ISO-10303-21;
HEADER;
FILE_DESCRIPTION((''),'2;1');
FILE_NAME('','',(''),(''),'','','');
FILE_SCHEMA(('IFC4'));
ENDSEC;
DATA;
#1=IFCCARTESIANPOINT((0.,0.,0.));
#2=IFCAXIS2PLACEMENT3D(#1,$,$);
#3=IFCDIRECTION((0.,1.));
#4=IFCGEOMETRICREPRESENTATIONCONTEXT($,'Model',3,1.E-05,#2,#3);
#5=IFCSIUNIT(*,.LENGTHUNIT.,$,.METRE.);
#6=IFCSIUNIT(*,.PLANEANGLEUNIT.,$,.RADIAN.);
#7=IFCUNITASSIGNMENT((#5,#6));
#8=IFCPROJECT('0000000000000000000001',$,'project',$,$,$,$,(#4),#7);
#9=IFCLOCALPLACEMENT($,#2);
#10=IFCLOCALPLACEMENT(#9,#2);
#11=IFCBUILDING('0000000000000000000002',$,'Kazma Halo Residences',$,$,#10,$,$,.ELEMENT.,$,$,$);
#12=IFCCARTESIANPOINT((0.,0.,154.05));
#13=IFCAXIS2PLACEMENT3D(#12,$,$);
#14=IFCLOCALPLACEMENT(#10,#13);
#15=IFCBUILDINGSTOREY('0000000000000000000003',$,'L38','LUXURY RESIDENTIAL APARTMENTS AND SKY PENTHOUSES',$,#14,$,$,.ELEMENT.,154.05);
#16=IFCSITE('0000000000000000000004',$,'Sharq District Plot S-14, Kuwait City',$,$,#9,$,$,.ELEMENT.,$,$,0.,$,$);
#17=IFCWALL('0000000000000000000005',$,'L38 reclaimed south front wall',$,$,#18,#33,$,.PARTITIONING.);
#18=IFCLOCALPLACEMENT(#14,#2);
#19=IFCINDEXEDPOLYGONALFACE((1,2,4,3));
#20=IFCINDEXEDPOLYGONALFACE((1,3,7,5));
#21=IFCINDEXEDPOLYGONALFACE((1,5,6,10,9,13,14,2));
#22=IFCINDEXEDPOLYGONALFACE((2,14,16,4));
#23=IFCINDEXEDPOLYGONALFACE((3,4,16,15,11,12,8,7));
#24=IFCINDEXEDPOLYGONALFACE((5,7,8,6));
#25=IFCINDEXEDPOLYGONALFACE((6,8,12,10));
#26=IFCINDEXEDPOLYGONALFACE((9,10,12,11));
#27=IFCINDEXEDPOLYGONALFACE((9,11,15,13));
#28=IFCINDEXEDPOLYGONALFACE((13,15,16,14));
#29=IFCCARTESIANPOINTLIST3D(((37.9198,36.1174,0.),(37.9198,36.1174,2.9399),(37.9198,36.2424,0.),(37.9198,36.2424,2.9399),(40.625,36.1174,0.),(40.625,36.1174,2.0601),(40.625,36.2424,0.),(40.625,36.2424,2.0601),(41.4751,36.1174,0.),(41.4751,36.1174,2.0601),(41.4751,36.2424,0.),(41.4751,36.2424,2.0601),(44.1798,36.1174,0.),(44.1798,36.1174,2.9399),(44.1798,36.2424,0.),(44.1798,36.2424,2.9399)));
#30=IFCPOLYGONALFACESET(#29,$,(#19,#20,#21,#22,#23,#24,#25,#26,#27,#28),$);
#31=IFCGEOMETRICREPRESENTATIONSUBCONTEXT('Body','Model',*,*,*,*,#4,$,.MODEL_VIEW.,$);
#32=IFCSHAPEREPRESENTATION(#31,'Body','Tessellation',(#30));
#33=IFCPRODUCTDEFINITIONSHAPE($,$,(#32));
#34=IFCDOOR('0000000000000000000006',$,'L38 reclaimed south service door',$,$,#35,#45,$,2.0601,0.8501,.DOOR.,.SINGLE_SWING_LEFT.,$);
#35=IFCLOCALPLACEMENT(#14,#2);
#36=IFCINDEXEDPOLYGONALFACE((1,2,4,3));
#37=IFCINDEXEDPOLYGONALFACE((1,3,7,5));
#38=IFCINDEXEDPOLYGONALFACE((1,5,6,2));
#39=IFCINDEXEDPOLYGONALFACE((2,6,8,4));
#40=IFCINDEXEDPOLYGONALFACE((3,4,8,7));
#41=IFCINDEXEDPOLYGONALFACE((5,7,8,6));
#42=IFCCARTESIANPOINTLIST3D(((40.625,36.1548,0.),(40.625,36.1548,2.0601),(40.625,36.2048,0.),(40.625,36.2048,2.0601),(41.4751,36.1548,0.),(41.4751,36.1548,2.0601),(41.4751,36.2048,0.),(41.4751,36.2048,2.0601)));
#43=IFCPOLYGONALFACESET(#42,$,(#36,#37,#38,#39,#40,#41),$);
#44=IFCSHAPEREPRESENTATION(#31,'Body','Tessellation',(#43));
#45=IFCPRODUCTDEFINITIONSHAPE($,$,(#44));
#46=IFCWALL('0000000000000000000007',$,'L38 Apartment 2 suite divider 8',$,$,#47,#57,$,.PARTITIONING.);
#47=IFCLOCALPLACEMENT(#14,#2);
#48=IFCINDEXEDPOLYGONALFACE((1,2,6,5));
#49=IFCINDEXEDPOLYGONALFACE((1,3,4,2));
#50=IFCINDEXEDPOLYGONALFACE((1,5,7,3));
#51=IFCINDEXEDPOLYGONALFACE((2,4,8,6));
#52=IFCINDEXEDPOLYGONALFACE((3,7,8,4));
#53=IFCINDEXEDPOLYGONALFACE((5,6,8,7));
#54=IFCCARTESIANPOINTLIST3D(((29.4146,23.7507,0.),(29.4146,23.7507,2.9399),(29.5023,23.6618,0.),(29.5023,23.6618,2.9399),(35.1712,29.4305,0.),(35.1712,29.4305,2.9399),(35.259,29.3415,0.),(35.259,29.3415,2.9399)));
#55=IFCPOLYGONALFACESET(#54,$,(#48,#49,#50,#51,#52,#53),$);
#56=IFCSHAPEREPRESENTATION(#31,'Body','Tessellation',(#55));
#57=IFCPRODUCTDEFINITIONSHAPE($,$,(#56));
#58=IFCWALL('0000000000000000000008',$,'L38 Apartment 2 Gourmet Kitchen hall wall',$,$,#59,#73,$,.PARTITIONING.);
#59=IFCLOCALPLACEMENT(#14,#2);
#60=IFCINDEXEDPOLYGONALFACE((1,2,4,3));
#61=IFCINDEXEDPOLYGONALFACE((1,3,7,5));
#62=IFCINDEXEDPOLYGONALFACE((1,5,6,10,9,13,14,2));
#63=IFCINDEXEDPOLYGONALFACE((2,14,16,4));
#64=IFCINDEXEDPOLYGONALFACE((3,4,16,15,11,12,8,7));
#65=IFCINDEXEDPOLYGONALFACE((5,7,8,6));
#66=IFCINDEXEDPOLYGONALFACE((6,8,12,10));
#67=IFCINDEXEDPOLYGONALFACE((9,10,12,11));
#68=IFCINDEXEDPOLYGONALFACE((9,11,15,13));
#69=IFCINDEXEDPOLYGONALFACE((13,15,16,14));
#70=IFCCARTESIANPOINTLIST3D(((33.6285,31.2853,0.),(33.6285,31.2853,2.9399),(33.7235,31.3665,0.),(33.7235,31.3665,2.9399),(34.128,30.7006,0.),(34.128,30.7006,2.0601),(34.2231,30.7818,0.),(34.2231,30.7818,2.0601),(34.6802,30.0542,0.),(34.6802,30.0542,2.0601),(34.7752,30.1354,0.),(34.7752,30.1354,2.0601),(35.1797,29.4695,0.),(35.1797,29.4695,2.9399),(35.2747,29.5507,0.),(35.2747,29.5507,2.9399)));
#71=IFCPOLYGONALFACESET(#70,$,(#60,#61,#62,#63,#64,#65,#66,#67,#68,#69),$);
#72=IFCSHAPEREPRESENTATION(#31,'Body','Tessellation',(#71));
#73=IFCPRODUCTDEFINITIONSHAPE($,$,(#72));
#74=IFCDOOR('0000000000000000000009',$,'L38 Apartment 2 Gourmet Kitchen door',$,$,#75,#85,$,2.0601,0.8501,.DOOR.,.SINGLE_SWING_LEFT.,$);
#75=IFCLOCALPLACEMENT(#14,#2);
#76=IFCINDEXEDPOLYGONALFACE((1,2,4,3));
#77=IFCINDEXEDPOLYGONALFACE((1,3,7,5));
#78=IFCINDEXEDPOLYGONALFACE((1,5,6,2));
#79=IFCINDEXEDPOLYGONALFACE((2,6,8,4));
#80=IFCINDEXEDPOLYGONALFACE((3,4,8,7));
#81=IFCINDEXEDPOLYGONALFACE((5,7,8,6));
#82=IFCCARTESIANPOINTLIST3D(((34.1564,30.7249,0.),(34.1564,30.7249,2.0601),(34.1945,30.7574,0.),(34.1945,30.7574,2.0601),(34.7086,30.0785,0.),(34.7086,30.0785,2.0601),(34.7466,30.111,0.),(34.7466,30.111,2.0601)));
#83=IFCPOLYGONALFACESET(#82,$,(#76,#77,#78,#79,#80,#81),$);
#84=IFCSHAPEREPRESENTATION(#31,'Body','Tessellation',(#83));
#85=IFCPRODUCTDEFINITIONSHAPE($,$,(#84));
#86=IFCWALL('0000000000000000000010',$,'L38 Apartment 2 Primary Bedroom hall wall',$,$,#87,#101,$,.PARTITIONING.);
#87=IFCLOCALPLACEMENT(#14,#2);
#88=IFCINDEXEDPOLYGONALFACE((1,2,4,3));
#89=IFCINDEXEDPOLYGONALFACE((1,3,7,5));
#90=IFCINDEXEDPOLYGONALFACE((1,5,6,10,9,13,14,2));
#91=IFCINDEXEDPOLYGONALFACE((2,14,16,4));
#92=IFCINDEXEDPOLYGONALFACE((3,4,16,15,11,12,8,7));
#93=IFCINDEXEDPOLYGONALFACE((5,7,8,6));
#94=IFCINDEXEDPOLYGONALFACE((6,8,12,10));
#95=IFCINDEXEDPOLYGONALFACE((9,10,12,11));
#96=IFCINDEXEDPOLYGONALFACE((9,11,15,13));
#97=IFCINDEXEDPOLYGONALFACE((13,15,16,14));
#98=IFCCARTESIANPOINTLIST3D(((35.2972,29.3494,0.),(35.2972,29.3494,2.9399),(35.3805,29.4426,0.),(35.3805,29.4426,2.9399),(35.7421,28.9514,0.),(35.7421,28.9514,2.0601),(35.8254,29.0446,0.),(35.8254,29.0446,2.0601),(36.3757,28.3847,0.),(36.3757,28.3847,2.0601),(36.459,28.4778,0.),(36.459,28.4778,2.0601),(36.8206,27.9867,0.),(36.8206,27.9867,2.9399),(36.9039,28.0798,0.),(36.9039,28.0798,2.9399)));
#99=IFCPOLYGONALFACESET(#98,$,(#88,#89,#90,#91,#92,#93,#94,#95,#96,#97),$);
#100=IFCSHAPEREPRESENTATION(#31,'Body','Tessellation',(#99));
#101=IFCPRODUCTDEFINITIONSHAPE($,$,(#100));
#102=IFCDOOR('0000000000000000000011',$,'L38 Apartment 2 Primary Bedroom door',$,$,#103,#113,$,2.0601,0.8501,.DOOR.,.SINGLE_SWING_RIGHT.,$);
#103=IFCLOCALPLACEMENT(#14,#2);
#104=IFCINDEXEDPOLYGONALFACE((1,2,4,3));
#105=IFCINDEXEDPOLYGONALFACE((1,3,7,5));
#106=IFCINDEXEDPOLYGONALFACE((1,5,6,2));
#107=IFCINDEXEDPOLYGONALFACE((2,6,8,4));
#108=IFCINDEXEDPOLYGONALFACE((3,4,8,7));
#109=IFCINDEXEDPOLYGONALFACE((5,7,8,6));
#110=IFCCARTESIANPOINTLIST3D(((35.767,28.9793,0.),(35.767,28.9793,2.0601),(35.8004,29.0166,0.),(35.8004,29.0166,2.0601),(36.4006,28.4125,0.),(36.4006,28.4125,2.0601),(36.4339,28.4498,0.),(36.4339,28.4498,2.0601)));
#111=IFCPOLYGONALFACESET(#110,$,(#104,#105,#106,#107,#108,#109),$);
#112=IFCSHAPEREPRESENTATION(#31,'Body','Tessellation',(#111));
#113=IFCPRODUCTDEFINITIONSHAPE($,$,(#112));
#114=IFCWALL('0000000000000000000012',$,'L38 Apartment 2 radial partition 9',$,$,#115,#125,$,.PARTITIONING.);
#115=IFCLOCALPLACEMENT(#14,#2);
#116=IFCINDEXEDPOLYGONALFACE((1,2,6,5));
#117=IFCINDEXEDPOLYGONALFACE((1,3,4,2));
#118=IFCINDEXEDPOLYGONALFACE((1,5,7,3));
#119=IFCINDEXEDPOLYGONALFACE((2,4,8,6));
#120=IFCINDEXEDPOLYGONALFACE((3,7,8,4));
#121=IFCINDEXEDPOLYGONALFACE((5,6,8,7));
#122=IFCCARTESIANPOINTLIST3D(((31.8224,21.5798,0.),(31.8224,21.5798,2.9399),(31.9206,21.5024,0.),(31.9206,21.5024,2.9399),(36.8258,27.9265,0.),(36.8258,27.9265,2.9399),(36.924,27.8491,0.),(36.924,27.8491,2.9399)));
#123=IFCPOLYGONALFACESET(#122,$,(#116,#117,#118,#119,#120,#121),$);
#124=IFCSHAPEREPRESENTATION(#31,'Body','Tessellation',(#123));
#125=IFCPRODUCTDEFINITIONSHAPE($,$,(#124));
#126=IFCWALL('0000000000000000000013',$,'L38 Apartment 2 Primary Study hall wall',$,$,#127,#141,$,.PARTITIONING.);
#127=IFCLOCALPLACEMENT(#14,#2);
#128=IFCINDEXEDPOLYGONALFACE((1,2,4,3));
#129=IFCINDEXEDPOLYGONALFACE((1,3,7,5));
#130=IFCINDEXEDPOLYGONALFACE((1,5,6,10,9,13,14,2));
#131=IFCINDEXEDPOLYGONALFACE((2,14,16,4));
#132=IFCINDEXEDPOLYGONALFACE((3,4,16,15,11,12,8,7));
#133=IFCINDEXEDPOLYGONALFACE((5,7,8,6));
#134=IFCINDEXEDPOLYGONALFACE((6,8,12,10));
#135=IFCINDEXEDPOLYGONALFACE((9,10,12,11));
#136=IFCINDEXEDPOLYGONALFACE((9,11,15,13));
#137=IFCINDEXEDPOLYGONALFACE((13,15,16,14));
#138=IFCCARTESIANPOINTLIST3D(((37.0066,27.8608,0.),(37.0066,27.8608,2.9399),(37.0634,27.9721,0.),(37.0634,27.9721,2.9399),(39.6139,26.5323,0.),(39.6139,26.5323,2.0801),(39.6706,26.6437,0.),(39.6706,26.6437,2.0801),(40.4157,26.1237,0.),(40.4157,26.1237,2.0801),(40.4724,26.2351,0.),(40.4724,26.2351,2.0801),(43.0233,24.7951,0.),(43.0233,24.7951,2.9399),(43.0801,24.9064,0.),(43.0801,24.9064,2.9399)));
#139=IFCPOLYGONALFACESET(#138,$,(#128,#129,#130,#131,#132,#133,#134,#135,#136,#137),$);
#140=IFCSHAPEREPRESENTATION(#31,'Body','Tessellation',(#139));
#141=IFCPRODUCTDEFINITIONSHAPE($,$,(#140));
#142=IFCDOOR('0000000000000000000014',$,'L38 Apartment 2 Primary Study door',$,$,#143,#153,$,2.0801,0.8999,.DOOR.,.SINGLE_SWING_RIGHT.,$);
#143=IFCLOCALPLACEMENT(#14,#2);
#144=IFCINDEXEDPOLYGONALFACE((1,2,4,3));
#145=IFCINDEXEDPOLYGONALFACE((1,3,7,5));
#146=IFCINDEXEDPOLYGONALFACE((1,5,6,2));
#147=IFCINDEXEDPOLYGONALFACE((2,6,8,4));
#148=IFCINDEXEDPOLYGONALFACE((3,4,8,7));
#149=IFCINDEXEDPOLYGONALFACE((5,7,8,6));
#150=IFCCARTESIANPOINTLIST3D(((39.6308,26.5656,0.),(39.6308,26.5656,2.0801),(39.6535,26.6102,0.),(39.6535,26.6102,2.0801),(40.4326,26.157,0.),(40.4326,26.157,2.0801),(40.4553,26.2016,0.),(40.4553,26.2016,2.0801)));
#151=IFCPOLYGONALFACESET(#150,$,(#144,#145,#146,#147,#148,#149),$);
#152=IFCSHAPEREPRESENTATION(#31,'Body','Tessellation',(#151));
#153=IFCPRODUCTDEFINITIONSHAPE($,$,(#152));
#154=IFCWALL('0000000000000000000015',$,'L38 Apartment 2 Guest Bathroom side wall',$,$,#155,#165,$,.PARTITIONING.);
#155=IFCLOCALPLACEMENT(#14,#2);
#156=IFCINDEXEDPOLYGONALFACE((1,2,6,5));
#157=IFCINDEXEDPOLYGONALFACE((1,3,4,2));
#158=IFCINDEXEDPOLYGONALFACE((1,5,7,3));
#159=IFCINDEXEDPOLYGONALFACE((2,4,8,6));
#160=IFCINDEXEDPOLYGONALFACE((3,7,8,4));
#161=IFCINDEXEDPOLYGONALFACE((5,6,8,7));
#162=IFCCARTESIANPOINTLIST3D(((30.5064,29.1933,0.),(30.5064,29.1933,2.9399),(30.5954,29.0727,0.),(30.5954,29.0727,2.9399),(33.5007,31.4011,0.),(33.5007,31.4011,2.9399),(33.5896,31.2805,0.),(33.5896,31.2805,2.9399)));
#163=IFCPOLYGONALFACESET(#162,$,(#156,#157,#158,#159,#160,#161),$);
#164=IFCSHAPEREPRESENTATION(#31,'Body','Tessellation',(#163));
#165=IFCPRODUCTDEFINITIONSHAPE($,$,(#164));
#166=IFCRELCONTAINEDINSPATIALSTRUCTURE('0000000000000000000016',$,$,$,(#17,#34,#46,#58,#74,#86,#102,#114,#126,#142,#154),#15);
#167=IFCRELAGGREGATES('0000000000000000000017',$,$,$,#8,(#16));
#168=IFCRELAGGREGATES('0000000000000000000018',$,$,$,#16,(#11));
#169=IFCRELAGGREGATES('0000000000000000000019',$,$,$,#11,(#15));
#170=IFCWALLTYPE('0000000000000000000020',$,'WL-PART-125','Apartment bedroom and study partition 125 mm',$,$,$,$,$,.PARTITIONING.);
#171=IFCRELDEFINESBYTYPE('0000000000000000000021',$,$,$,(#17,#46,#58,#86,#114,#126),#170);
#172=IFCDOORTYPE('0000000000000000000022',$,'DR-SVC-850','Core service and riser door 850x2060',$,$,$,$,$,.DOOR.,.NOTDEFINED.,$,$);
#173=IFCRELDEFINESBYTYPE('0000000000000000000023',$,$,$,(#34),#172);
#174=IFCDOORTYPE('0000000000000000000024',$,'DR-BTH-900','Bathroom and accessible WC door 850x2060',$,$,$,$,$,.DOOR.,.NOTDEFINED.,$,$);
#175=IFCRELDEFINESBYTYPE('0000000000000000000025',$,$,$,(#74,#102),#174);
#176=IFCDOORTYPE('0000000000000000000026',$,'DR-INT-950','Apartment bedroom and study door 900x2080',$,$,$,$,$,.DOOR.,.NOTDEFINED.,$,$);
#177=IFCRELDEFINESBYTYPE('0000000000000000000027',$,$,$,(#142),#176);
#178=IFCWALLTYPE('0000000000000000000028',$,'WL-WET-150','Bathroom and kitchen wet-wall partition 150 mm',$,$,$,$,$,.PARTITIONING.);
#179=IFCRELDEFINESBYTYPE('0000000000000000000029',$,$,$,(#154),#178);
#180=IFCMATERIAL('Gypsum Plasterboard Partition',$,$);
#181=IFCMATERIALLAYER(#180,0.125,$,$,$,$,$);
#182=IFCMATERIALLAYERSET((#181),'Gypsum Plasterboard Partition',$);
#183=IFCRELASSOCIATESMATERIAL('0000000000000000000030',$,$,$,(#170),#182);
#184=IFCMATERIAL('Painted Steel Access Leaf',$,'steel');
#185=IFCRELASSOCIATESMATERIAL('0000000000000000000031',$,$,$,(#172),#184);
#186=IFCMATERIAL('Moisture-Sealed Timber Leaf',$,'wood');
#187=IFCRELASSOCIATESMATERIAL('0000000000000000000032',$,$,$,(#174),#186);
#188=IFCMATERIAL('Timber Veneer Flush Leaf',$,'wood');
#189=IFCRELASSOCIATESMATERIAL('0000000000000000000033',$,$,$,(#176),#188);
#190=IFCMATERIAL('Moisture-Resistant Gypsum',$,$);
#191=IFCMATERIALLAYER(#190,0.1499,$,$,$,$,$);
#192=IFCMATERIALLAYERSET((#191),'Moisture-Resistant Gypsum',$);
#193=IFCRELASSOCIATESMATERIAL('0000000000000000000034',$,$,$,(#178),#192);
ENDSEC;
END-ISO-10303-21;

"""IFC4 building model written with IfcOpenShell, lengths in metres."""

from ifc_helpers import new_model, si_unit, direction, frame, frame_2d, origin, place, context, subcontext, project, spatial, rectangle, extrude, material, layer, layer_set, type_object, element, fill, save


model = new_model("IFC4")

# Units and contexts
model_context = context("Model", 3, precision=1e-05, world=origin(), true_north=direction((0.0, 1.0)))
body_context = subcontext(model_context, "Body", "Model", "MODEL_VIEW")
ifc_project = project(units=[si_unit("LENGTHUNIT", "METRE"), si_unit("PLANEANGLEUNIT", "RADIAN")], contexts=[model_context])

# Site, building, storey
site_placement = place(None, origin())
site = spatial("IfcSite", under=ifc_project, at=site_placement, Name="Sharq District Plot S-14, Kuwait City", CompositionType="ELEMENT", RefElevation=0.0)
building_placement = place(site_placement, origin())
building = spatial("IfcBuilding", under=site, at=building_placement, Name="Kazma Halo Residences", CompositionType="ELEMENT")
storey_placement = place(building_placement, frame((0.0, 0.0, 154.05)))
storey = spatial("IfcBuildingStorey", under=building, at=storey_placement, Name="L38", Description="LUXURY RESIDENTIAL APARTMENTS AND SKY PENTHOUSES", CompositionType="ELEMENT", Elevation=154.05)

# Shared definitions
ifc_material_1 = material(Name="Gypsum Plasterboard Partition")
ifc_layer_1 = layer(ifc_material_1, 0.125)
ifc_layer_set_1 = layer_set([ifc_layer_1], Name="Gypsum Plasterboard Partition")
wall_type_1 = type_object("IfcWallType", Name="WL-PART-125", Description="Apartment bedroom and study partition 125 mm", PredefinedType="PARTITIONING", material=ifc_layer_set_1)

# Wall, opening, door
wall_1_placement = place(storey_placement, frame((37.9199, 36.1799, 0.0), z_axis=(0.0, 0.0, 1.0), x_axis=(1.0, 0.0, 0.0)))
wall_1 = element("IfcWall", 1, at=wall_1_placement, inside=storey, type_object=wall_type_1, Name="L38 reclaimed south front wall", PredefinedType="PARTITIONING", context=body_context, shape_type="SweptSolid", body=[
    extrude(rectangle(XDim=6.26, YDim=0.125, at=frame_2d((3.1299, 0.0))), origin(), (0.0, 0.0, 1.0), 2.9399),
])
opening_1_placement = place(wall_1_placement, frame((2.7051, 0.0, 0.0)))
opening_1 = element("IfcOpeningElement", 2, at=opening_1_placement, cuts=wall_1, PredefinedType="OPENING", context=body_context, shape_type="SweptSolid", body=[
    extrude(rectangle(XDim=0.8501, YDim=2.0601, at=frame_2d((0.425, 1.03))), frame((0.0, 0.0725, 0.0), z_axis=(0.0, -1.0, 0.0), x_axis=(1.0, 0.0, 0.0)), (0.0, 0.0, 1.0), 0.145),
])
ifc_material_2 = material(Name="Painted Steel Access Leaf", Category="steel")
door_type_1 = type_object("IfcDoorType", Name="DR-SVC-850", Description="Core service and riser door 850x2060", OperationType="NOTDEFINED", PredefinedType="DOOR", material=ifc_material_2)
door_1_placement = place(opening_1_placement, origin())
door_1 = element("IfcDoor", 3, at=door_1_placement, inside=storey, type_object=door_type_1, Name="L38 reclaimed south service door", OperationType="SINGLE_SWING_LEFT", OverallHeight=2.0601, OverallWidth=0.8501, PredefinedType="DOOR", context=body_context, shape_type="SweptSolid", body=[
    extrude(rectangle(XDim=0.8501, YDim=2.0601, at=frame_2d((0.425, 1.03))), frame((0.0, 0.0249, 0.0), z_axis=(0.0, -1.0, 0.0), x_axis=(1.0, 0.0, 0.0)), (0.0, 0.0, 1.0), 0.05),
])
fill(opening_1, door_1)

# Wall
wall_2_placement = place(storey_placement, frame((35.2151, 29.386, 0.0), z_axis=(0.0, 0.0, 1.0), x_axis=(-0.711846, -0.702336, 0.0)))
element("IfcWall", 4, at=wall_2_placement, inside=storey, type_object=wall_type_1, Name="L38 Apartment 2 suite divider 8", PredefinedType="PARTITIONING", context=body_context, shape_type="SweptSolid", body=[
    extrude(rectangle(XDim=8.0869, YDim=0.125, at=frame_2d((4.0435, 0.0))), origin(), (0.0, 0.0, 1.0), 2.9399),
])

# Walls, openings, doors
wall_3_placement = place(storey_placement, frame((33.676, 31.3259, 0.0), z_axis=(0.0, 0.0, 1.0), x_axis=(0.649528, -0.760338, 0.0)))
wall_3 = element("IfcWall", 5, at=wall_3_placement, inside=storey, type_object=wall_type_1, Name="L38 Apartment 2 Gourmet Kitchen hall wall", PredefinedType="PARTITIONING", context=body_context, shape_type="SweptSolid", body=[
    extrude(rectangle(XDim=2.3882, YDim=0.125, at=frame_2d((1.1941, 0.0))), origin(), (0.0, 0.0, 1.0), 2.9399),
])
opening_2_placement = place(wall_3_placement, frame((0.769, 0.0, 0.0)))
opening_2 = element("IfcOpeningElement", 6, at=opening_2_placement, cuts=wall_3, PredefinedType="OPENING", context=body_context, shape_type="SweptSolid", body=[
    extrude(rectangle(XDim=0.8501, YDim=2.0601, at=frame_2d((0.425, 1.03))), frame((0.0, 0.0725, 0.0), z_axis=(0.0, -1.0, 0.0), x_axis=(1.0, 0.0, 0.0)), (0.0, 0.0, 1.0), 0.145),
])
ifc_material_3 = material(Name="Moisture-Sealed Timber Leaf", Category="wood")
door_type_2 = type_object("IfcDoorType", Name="DR-BTH-900", Description="Bathroom and accessible WC door 850x2060", OperationType="NOTDEFINED", PredefinedType="DOOR", material=ifc_material_3)
door_2_placement = place(opening_2_placement, origin())
door_2 = element("IfcDoor", 7, at=door_2_placement, inside=storey, type_object=door_type_2, Name="L38 Apartment 2 Gourmet Kitchen door", OperationType="SINGLE_SWING_LEFT", OverallHeight=2.0601, OverallWidth=0.8501, PredefinedType="DOOR", context=body_context, shape_type="SweptSolid", body=[
    extrude(rectangle(XDim=0.8501, YDim=2.0601, at=frame_2d((0.425, 1.03))), frame((0.0, 0.0249, 0.0), z_axis=(0.0, -1.0, 0.0), x_axis=(1.0, 0.0, 0.0)), (0.0, 0.0, 1.0), 0.05),
])
fill(opening_2, door_2)
wall_4_placement = place(storey_placement, frame((35.3389, 29.396, 0.0), z_axis=(0.0, 0.0, 1.0), x_axis=(0.74531, -0.666718, 0.0)))
wall_4 = element("IfcWall", 8, at=wall_4_placement, inside=storey, type_object=wall_type_1, Name="L38 Apartment 2 Primary Bedroom hall wall", PredefinedType="PARTITIONING", context=body_context, shape_type="SweptSolid", body=[
    extrude(rectangle(XDim=2.0439, YDim=0.125, at=frame_2d((1.022, 0.0))), origin(), (0.0, 0.0, 1.0), 2.9399),
])
opening_3_placement = place(wall_4_placement, frame((0.5969, 0.0, 0.0)))
opening_3 = element("IfcOpeningElement", 9, at=opening_3_placement, cuts=wall_4, PredefinedType="OPENING", context=body_context, shape_type="SweptSolid", body=[
    extrude(rectangle(XDim=0.8501, YDim=2.0601, at=frame_2d((0.425, 1.03))), frame((0.0, 0.0725, 0.0), z_axis=(0.0, -1.0, 0.0), x_axis=(1.0, 0.0, 0.0)), (0.0, 0.0, 1.0), 0.145),
])
door_3_placement = place(opening_3_placement, origin())
door_3 = element("IfcDoor", 10, at=door_3_placement, inside=storey, type_object=door_type_2, Name="L38 Apartment 2 Primary Bedroom door", OperationType="SINGLE_SWING_RIGHT", OverallHeight=2.0601, OverallWidth=0.8501, PredefinedType="DOOR", context=body_context, shape_type="SweptSolid", body=[
    extrude(rectangle(XDim=0.8501, YDim=2.0601, at=frame_2d((0.425, 1.03))), frame((0.0, 0.0249, 0.0), z_axis=(0.0, -1.0, 0.0), x_axis=(1.0, 0.0, 0.0)), (0.0, 0.0, 1.0), 0.05),
])
fill(opening_3, door_3)

# Wall
wall_5_placement = place(storey_placement, frame((36.875, 27.8879, 0.0), z_axis=(0.0, 0.0, 1.0), x_axis=(-0.619102, -0.785311, 0.0)))
element("IfcWall", 11, at=wall_5_placement, inside=storey, type_object=wall_type_1, Name="L38 Apartment 2 radial partition 9", PredefinedType="PARTITIONING", context=body_context, shape_type="SweptSolid", body=[
    extrude(rectangle(XDim=8.0818, YDim=0.125, at=frame_2d((4.041, 0.0))), origin(), (0.0, 0.0, 1.0), 2.9399),
])

# Wall, opening, door
wall_6_placement = place(storey_placement, frame((37.0349, 27.9165, 0.0), z_axis=(0.0, 0.0, 1.0), x_axis=(0.891003, -0.453998, 0.0)))
wall_6 = element("IfcWall", 12, at=wall_6_placement, inside=storey, type_object=wall_type_1, Name="L38 Apartment 2 Primary Study hall wall", PredefinedType="PARTITIONING", context=body_context, shape_type="SweptSolid", body=[
    extrude(rectangle(XDim=6.7527, YDim=0.125, at=frame_2d((3.3765, 0.0))), origin(), (0.0, 0.0, 1.0), 2.9399),
])
opening_4_placement = place(wall_6_placement, frame((2.9263, 0.0, 0.0)))
opening_4 = element("IfcOpeningElement", 13, at=opening_4_placement, cuts=wall_6, PredefinedType="OPENING", context=body_context, shape_type="SweptSolid", body=[
    extrude(rectangle(XDim=0.8999, YDim=2.0801, at=frame_2d((0.45, 1.04))), frame((0.0, 0.0725, 0.0), z_axis=(0.0, -1.0, 0.0), x_axis=(1.0, 0.0, 0.0)), (0.0, 0.0, 1.0), 0.145),
])
ifc_material_4 = material(Name="Timber Veneer Flush Leaf", Category="wood")
door_type_3 = type_object("IfcDoorType", Name="DR-INT-950", Description="Apartment bedroom and study door 900x2080", OperationType="NOTDEFINED", PredefinedType="DOOR", material=ifc_material_4)
door_4_placement = place(opening_4_placement, origin())
door_4 = element("IfcDoor", 14, at=door_4_placement, inside=storey, type_object=door_type_3, Name="L38 Apartment 2 Primary Study door", OperationType="SINGLE_SWING_RIGHT", OverallHeight=2.0801, OverallWidth=0.8999, PredefinedType="DOOR", context=body_context, shape_type="SweptSolid", body=[
    extrude(rectangle(XDim=0.8999, YDim=2.0801, at=frame_2d((0.45, 1.04))), frame((0.0, 0.0249, 0.0), z_axis=(0.0, -1.0, 0.0), x_axis=(1.0, 0.0, 0.0)), (0.0, 0.0, 1.0), 0.05),
])
fill(opening_4, door_4)

# Wall
ifc_material_5 = material(Name="Moisture-Resistant Gypsum")
ifc_layer_2 = layer(ifc_material_5, 0.1499)
ifc_layer_set_2 = layer_set([ifc_layer_2], Name="Moisture-Resistant Gypsum")
wall_type_2 = type_object("IfcWallType", Name="WL-WET-150", Description="Bathroom and kitchen wet-wall partition 150 mm", PredefinedType="PARTITIONING", material=ifc_layer_set_2)
wall_7_placement = place(storey_placement, frame((33.5452, 31.3408, 0.0), z_axis=(0.0, 0.0, 1.0), x_axis=(-0.804856, -0.59347, 0.0)))
element("IfcWall", 15, at=wall_7_placement, inside=storey, type_object=wall_type_2, Name="L38 Apartment 2 Guest Bathroom side wall", PredefinedType="PARTITIONING", context=body_context, shape_type="SweptSolid", body=[
    extrude(rectangle(XDim=3.7202, YDim=0.1499, at=frame_2d((1.8601, 0.0))), origin(), (0.0, 0.0, 1.0), 2.9399),
])

save(model, "model.ifc")
